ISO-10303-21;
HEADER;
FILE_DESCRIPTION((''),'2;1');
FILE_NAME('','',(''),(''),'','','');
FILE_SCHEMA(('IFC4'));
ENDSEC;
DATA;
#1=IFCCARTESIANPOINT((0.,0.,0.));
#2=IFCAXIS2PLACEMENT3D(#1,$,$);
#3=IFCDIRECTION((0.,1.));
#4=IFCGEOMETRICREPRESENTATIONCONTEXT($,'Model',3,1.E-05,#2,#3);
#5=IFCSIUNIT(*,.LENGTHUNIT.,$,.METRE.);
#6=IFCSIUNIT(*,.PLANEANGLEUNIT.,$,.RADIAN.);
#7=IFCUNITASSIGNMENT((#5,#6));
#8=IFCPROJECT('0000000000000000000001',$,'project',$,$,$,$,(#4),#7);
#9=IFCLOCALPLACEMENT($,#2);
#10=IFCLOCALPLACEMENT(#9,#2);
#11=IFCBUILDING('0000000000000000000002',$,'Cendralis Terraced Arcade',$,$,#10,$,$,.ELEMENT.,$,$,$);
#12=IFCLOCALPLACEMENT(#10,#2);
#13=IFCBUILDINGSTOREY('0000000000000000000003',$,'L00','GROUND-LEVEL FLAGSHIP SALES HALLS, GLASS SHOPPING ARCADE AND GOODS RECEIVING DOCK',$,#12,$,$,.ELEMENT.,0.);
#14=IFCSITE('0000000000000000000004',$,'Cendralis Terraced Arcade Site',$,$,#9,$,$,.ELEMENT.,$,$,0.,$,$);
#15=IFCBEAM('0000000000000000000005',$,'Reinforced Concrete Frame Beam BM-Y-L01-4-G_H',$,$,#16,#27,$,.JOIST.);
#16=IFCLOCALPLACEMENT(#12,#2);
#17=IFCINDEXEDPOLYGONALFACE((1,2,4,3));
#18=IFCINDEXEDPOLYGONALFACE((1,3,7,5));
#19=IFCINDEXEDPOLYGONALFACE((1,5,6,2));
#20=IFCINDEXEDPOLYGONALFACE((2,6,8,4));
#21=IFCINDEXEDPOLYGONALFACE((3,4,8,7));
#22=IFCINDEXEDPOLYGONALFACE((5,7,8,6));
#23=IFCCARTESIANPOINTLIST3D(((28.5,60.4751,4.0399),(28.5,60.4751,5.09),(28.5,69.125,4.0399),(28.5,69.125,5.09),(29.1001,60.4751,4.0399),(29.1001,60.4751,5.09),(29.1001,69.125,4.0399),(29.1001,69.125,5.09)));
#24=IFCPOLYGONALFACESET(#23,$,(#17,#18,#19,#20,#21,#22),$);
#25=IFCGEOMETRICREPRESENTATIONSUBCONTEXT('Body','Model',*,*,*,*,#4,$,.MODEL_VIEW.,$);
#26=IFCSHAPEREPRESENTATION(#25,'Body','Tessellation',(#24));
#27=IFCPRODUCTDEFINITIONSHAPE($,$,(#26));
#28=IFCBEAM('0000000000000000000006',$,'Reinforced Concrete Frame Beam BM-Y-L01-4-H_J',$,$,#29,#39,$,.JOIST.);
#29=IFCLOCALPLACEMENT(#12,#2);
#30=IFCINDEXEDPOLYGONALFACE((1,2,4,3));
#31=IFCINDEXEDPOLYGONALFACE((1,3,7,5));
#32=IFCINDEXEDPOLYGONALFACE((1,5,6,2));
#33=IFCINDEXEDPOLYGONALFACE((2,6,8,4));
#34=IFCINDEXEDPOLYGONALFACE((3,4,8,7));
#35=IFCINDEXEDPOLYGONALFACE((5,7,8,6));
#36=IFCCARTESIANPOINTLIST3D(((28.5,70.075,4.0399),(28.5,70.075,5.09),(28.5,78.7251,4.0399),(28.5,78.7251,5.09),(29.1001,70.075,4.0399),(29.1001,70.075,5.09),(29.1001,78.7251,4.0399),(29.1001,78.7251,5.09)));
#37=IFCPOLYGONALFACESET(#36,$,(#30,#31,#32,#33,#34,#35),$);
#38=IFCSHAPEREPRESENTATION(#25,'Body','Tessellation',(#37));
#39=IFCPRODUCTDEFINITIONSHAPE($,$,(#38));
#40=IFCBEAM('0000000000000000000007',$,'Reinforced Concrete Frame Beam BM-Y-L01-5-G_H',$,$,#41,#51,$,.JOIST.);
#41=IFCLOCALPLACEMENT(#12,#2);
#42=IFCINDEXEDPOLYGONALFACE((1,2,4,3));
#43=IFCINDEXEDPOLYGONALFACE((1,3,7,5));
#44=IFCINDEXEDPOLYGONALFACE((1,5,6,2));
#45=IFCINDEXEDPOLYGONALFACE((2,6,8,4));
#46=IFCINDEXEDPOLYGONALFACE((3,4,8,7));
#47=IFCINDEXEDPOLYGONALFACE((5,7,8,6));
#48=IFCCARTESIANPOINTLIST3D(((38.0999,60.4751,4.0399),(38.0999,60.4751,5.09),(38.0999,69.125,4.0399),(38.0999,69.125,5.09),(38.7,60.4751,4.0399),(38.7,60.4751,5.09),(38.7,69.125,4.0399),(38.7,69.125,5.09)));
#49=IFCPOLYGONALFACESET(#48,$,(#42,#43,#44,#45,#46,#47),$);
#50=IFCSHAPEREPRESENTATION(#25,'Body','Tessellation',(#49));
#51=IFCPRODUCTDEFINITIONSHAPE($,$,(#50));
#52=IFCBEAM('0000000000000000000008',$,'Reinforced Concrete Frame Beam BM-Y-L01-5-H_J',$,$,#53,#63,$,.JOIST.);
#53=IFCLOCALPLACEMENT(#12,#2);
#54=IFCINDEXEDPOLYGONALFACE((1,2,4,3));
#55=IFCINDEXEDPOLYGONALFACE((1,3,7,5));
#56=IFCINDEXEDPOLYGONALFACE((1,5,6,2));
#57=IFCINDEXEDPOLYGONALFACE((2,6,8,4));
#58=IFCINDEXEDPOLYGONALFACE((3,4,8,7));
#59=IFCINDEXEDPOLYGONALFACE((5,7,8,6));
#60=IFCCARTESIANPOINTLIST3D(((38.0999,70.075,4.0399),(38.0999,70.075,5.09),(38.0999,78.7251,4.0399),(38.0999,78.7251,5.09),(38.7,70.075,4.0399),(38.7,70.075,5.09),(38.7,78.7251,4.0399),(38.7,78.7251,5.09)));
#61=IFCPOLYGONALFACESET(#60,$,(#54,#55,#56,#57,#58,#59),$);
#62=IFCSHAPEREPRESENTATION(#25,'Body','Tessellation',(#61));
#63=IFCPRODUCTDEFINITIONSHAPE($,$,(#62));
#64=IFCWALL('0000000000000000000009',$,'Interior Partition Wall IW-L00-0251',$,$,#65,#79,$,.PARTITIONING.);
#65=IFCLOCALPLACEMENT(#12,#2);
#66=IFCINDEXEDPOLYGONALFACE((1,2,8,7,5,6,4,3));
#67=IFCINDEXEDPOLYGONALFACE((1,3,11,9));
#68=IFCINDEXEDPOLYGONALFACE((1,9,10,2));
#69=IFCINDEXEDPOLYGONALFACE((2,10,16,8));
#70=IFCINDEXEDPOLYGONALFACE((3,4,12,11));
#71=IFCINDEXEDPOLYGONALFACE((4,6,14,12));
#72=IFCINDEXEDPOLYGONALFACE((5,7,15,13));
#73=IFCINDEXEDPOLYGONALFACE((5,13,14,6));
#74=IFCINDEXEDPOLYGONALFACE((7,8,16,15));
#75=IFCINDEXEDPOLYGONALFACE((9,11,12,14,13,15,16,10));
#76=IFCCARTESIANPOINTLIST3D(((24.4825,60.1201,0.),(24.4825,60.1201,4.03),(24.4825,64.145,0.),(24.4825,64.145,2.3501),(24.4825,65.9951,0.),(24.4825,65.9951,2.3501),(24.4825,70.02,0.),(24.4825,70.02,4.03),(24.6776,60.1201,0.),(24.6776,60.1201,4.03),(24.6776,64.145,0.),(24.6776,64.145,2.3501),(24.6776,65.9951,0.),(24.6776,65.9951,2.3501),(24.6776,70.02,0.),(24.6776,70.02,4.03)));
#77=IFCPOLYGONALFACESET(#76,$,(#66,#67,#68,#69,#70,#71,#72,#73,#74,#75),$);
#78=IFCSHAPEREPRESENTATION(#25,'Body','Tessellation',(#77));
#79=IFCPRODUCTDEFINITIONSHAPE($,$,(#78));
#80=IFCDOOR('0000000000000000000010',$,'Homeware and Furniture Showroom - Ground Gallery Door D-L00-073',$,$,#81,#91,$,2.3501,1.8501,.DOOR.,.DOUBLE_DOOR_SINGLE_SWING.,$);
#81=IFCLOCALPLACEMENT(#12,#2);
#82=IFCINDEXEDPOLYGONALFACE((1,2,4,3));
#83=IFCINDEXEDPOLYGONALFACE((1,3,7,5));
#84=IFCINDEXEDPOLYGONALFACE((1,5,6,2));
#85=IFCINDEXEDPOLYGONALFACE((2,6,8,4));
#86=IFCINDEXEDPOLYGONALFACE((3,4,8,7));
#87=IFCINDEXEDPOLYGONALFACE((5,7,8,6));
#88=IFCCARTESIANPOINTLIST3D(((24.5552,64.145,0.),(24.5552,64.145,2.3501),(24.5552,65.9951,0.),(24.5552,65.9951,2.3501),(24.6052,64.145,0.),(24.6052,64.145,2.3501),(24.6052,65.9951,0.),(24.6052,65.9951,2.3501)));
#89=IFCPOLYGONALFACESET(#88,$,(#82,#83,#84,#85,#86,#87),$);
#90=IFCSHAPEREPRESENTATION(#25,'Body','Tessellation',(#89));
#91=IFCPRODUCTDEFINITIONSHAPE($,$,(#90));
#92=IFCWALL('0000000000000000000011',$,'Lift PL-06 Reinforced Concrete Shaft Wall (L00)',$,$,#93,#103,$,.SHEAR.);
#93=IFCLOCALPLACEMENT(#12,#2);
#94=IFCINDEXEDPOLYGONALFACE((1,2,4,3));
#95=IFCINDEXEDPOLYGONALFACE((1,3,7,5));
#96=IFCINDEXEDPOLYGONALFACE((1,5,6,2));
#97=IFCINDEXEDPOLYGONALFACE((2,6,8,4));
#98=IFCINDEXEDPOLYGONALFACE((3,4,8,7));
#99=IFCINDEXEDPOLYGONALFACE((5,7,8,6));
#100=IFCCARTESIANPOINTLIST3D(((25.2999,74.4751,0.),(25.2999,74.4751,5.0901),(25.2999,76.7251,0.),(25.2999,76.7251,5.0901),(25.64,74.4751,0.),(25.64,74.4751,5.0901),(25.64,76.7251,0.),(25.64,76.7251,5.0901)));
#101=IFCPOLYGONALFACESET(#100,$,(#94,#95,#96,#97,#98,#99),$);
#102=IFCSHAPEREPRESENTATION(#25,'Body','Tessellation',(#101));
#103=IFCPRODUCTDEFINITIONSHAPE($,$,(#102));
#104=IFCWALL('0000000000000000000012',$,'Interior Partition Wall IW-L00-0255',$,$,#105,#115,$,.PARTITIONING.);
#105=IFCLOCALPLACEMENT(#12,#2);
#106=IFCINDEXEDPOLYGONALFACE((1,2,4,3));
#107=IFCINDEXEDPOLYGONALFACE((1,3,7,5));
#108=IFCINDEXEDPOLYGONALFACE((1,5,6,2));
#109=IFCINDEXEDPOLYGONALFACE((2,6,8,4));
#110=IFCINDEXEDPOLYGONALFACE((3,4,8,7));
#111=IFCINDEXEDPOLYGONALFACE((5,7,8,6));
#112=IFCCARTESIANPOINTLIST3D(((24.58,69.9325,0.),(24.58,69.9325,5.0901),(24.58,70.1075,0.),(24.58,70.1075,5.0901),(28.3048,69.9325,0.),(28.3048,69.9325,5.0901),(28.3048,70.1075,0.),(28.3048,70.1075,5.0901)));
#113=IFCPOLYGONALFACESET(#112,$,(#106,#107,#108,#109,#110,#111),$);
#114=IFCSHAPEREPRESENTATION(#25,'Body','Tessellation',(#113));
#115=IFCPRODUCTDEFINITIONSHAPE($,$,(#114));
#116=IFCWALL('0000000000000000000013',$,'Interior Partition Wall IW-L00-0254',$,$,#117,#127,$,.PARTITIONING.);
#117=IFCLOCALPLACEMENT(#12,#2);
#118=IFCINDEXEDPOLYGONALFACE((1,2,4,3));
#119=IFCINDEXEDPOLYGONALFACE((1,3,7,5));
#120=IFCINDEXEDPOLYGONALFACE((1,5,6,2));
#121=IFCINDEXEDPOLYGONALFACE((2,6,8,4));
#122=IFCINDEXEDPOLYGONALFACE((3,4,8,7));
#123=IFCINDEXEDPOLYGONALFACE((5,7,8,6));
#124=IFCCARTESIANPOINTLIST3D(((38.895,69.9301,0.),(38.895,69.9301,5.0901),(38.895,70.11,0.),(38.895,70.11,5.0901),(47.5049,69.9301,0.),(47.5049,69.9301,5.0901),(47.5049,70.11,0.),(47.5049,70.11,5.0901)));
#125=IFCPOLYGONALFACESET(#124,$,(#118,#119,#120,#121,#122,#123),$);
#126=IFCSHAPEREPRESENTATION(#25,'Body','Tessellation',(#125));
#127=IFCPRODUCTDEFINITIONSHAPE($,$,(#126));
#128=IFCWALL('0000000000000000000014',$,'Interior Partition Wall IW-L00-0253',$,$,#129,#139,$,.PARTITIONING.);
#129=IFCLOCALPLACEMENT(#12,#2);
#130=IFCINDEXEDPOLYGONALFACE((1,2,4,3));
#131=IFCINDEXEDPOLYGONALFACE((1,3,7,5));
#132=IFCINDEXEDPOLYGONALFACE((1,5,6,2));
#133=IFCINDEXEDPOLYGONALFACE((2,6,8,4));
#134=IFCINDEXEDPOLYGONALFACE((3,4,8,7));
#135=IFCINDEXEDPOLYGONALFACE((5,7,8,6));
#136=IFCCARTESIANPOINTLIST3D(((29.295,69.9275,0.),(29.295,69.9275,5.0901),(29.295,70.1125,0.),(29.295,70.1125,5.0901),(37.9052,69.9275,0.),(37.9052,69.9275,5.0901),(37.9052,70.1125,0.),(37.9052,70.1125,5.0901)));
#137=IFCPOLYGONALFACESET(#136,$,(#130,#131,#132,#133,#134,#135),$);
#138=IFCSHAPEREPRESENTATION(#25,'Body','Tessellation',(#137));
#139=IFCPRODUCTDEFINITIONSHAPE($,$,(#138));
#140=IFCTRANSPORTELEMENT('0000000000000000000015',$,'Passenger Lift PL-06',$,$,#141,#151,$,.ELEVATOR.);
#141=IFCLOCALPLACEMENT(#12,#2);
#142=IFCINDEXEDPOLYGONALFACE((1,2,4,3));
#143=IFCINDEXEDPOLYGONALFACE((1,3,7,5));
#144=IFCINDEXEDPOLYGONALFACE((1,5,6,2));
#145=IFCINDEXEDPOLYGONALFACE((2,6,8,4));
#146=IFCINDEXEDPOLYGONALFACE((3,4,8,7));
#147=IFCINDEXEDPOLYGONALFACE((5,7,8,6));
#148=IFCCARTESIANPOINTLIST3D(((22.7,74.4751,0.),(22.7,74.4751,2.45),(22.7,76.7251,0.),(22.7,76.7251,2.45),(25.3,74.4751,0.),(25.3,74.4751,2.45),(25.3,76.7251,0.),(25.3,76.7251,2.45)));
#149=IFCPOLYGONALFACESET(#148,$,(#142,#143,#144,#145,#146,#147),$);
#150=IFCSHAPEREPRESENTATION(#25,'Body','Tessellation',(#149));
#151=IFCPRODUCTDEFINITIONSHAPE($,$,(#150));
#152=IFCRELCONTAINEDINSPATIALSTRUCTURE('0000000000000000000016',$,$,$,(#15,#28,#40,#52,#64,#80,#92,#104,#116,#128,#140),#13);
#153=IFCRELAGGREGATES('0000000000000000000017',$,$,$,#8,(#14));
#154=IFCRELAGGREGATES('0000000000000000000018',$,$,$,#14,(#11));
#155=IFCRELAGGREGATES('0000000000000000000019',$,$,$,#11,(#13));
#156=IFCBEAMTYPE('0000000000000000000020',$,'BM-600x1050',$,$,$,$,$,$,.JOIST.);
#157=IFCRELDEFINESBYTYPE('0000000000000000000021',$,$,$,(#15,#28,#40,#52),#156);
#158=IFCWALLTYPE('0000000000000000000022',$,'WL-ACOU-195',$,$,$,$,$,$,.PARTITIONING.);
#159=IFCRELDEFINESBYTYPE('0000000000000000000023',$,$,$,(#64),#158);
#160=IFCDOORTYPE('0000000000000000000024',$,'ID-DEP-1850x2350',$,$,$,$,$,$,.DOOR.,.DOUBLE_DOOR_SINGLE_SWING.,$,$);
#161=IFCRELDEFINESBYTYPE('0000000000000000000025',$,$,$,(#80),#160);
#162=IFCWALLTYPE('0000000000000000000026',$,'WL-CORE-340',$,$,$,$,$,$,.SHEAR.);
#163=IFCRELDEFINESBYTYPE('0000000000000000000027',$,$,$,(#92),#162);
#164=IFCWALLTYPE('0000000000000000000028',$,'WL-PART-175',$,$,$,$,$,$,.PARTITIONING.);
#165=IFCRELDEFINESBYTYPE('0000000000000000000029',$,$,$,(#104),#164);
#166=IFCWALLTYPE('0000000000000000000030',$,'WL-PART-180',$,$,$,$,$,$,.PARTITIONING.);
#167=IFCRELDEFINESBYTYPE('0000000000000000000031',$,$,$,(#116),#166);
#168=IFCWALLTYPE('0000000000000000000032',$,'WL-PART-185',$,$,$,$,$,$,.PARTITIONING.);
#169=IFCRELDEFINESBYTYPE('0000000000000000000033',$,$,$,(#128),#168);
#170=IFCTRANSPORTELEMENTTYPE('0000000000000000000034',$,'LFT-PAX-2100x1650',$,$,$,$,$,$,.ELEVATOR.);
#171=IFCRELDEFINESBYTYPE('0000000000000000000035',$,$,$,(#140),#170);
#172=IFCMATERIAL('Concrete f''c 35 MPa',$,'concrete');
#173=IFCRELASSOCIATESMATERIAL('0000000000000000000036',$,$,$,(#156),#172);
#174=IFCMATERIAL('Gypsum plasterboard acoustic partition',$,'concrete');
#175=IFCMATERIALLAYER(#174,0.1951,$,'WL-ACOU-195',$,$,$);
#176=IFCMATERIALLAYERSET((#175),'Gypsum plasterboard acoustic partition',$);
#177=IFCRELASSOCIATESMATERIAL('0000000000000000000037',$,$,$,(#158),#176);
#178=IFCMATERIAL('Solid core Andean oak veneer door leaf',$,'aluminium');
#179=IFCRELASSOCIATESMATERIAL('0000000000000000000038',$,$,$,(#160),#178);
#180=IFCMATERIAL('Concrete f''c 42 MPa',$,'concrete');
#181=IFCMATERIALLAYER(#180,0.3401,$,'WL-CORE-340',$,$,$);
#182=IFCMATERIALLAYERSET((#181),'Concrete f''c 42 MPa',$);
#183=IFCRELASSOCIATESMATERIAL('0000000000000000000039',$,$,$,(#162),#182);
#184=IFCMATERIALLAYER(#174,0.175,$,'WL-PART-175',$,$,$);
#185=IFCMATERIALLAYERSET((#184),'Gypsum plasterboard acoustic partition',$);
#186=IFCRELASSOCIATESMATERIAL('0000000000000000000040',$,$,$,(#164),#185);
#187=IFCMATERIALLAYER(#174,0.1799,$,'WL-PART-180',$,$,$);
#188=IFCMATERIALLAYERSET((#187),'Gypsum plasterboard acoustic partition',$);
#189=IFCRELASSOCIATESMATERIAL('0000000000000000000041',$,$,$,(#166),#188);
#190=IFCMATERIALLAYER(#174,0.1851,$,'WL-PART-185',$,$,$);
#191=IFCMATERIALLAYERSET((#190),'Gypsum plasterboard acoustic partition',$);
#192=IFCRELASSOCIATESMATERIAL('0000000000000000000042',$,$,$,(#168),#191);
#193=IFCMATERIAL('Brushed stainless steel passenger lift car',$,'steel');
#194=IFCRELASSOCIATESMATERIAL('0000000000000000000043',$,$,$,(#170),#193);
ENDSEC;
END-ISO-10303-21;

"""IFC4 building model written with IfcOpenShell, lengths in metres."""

from ifc_helpers import new_model, si_unit, direction, frame, frame_2d, origin, origin_2d, place, context, subcontext, project, spatial, rectangle, extrude, material, layer, layer_set, material_profile, profile_set, type_object, element, fill, save


model = new_model("IFC4")

# Units and contexts
model_context = context("Model", 3, precision=1e-05, world=origin(), true_north=direction((0.0, 1.0)))
body_context = subcontext(model_context, "Body", "Model", "MODEL_VIEW")
ifc_project = project(units=[si_unit("LENGTHUNIT", "METRE"), si_unit("PLANEANGLEUNIT", "RADIAN")], contexts=[model_context])

# Site, building, storey
site_placement = place(None, origin())
site = spatial("IfcSite", under=ifc_project, at=site_placement, Name="Cendralis Terraced Arcade Site", CompositionType="ELEMENT", RefElevation=0.0)
building_placement = place(site_placement, origin())
building = spatial("IfcBuilding", under=site, at=building_placement, Name="Cendralis Terraced Arcade", CompositionType="ELEMENT")
storey_placement = place(building_placement, origin())
storey = spatial("IfcBuildingStorey", under=building, at=storey_placement, Name="L00", Description="GROUND-LEVEL FLAGSHIP SALES HALLS, GLASS SHOPPING ARCADE AND GOODS RECEIVING DOCK", CompositionType="ELEMENT", Elevation=0.0)

# Shared definitions
ifc_material_1 = material(Name="Concrete f'c 35 MPa", Category="concrete")

# Shared definitions
ifc_material_2 = material(Name="Concrete f'c 42 MPa", Category="concrete")

# Beams
ifc_material_profile_1 = material_profile(ifc_material_1, rectangle(XDim=0.6001, YDim=1.05, at=origin_2d()), Name="RC-BM-600x1050", Category="LoadBearing")
ifc_profile_set_1 = profile_set([ifc_material_profile_1], Name="Concrete f'c 35 MPa")
beam_type = type_object("IfcBeamType", Name="BM-600x1050", PredefinedType="JOIST", material=ifc_profile_set_1)
for number, where, z_axis, x_axis, name in (
    (1, (28.8, 60.4751, 4.5649), (0.0, 1.0, 0.0), (-1.0, 0.0, 0.0), "Reinforced Concrete Frame Beam BM-Y-L01-4-G_H"),
):
    element("IfcBeam", number, at=place(storey_placement, frame(where, z_axis=z_axis, x_axis=x_axis)), inside=storey, type_object=beam_type, Name=name, PredefinedType="JOIST", context=body_context, shape_type="SweptSolid", body=[
        extrude(rectangle(XDim=0.6001, YDim=1.05, at=origin_2d()), origin(), (0.0, 0.0, 1.0), 8.6499),
    ])
beam_1_placement = place(storey_placement, frame((28.8, 70.075, 4.5649), z_axis=(0.0, 1.0, 0.0), x_axis=(-1.0, 0.0, 0.0)))
element("IfcBeam", 2, at=beam_1_placement, inside=storey, type_object=beam_type, Name="Reinforced Concrete Frame Beam BM-Y-L01-4-H_J", PredefinedType="JOIST", context=body_context, shape_type="SweptSolid", body=[
    extrude(rectangle(XDim=0.6001, YDim=1.05, at=origin_2d()), origin(), (0.0, 0.0, 1.0), 8.6501),
])
beam_2_placement = place(storey_placement, frame((38.3999, 60.4751, 4.5649), z_axis=(0.0, 1.0, 0.0), x_axis=(-1.0, 0.0, 0.0)))
element("IfcBeam", 3, at=beam_2_placement, inside=storey, type_object=beam_type, Name="Reinforced Concrete Frame Beam BM-Y-L01-5-G_H", PredefinedType="JOIST", context=body_context, shape_type="SweptSolid", body=[
    extrude(rectangle(XDim=0.6001, YDim=1.05, at=origin_2d()), origin(), (0.0, 0.0, 1.0), 8.6499),
])
beam_3_placement = place(storey_placement, frame((38.3999, 70.075, 4.5649), z_axis=(0.0, 1.0, 0.0), x_axis=(-1.0, 0.0, 0.0)))
element("IfcBeam", 4, at=beam_3_placement, inside=storey, type_object=beam_type, Name="Reinforced Concrete Frame Beam BM-Y-L01-5-H_J", PredefinedType="JOIST", context=body_context, shape_type="SweptSolid", body=[
    extrude(rectangle(XDim=0.6001, YDim=1.05, at=origin_2d()), origin(), (0.0, 0.0, 1.0), 8.6501),
])

# Wall, opening, door
ifc_material_3 = material(Name="Gypsum plasterboard acoustic partition", Category="concrete")
ifc_layer_1 = layer(ifc_material_3, 0.1951, Name="WL-ACOU-195")
ifc_layer_set_1 = layer_set([ifc_layer_1], Name="Gypsum plasterboard acoustic partition")
wall_type_1 = type_object("IfcWallType", Name="WL-ACOU-195", PredefinedType="PARTITIONING", material=ifc_layer_set_1)
wall_1_placement = place(storey_placement, frame((24.5801, 60.1201, 0.0), z_axis=(0.0, 0.0, 1.0), x_axis=(0.0, 1.0, 0.0)))
wall_1 = element("IfcWall", 5, at=wall_1_placement, inside=storey, type_object=wall_type_1, Name="Interior Partition Wall IW-L00-0251", PredefinedType="PARTITIONING", context=body_context, shape_type="SweptSolid", body=[
    extrude(rectangle(XDim=9.8999, YDim=0.1951, at=frame_2d((4.95, 0.0))), origin(), (0.0, 0.0, 1.0), 4.03),
])
opening_placement = place(wall_1_placement, frame((4.0249, 0.0, 0.0)))
opening = element("IfcOpeningElement", 6, at=opening_placement, cuts=wall_1, PredefinedType="OPENING", context=body_context, shape_type="SweptSolid", body=[
    extrude(rectangle(XDim=1.8501, YDim=2.3501, at=frame_2d((0.925, 1.175))), frame((0.0, 0.1094, 0.0), z_axis=(0.0, -1.0, 0.0), x_axis=(1.0, 0.0, 0.0)), (0.0, 0.0, 1.0), 0.219),
])
ifc_material_4 = material(Name="Solid core Andean oak veneer door leaf", Category="aluminium")
door_type = type_object("IfcDoorType", Name="ID-DEP-1850x2350", OperationType="DOUBLE_DOOR_SINGLE_SWING", PredefinedType="DOOR", material=ifc_material_4)
door_placement = place(opening_placement, origin())
door = element("IfcDoor", 7, at=door_placement, inside=storey, type_object=door_type, Name="Homeware and Furniture Showroom - Ground Gallery Door D-L00-073", OperationType="DOUBLE_DOOR_SINGLE_SWING", OverallHeight=2.3501, OverallWidth=1.8501, PredefinedType="DOOR", context=body_context, shape_type="SweptSolid", body=[
    extrude(rectangle(XDim=1.8501, YDim=2.3501, at=frame_2d((0.925, 1.175))), frame((0.0, 0.0249, 0.0), z_axis=(0.0, -1.0, 0.0), x_axis=(1.0, 0.0, 0.0)), (0.0, 0.0, 1.0), 0.05),
])
fill(opening, door)

# Walls
ifc_layer_2 = layer(ifc_material_2, 0.3401, Name="WL-CORE-340")
ifc_layer_set_2 = layer_set([ifc_layer_2], Name="Concrete f'c 42 MPa")
wall_type_2 = type_object("IfcWallType", Name="WL-CORE-340", PredefinedType="SHEAR", material=ifc_layer_set_2)
wall_2_placement = place(storey_placement, frame((25.47, 74.4751, 0.0), z_axis=(0.0, 0.0, 1.0), x_axis=(0.0, 1.0, 0.0)))
element("IfcWall", 8, at=wall_2_placement, inside=storey, type_object=wall_type_2, Name="Lift PL-06 Reinforced Concrete Shaft Wall (L00)", PredefinedType="SHEAR", context=body_context, shape_type="SweptSolid", body=[
    extrude(rectangle(XDim=2.25, YDim=0.3401, at=frame_2d((1.125, 0.0))), origin(), (0.0, 0.0, 1.0), 5.0901),
])
ifc_layer_3 = layer(ifc_material_3, 0.175, Name="WL-PART-175")
ifc_layer_set_3 = layer_set([ifc_layer_3], Name="Gypsum plasterboard acoustic partition")
wall_type_3 = type_object("IfcWallType", Name="WL-PART-175", PredefinedType="PARTITIONING", material=ifc_layer_set_3)
wall_3_placement = place(storey_placement, frame((24.5801, 70.02, 0.0), z_axis=(0.0, 0.0, 1.0), x_axis=(1.0, 0.0, 0.0)))
element("IfcWall", 9, at=wall_3_placement, inside=storey, type_object=wall_type_3, Name="Interior Partition Wall IW-L00-0255", PredefinedType="PARTITIONING", context=body_context, shape_type="SweptSolid", body=[
    extrude(rectangle(XDim=3.7249, YDim=0.175, at=frame_2d((1.8623, 0.0))), origin(), (0.0, 0.0, 1.0), 5.0901),
])
ifc_layer_4 = layer(ifc_material_3, 0.1799, Name="WL-PART-180")
ifc_layer_set_4 = layer_set([ifc_layer_4], Name="Gypsum plasterboard acoustic partition")
wall_type_4 = type_object("IfcWallType", Name="WL-PART-180", PredefinedType="PARTITIONING", material=ifc_layer_set_4)
wall_4_placement = place(storey_placement, frame((38.895, 70.02, 0.0), z_axis=(0.0, 0.0, 1.0), x_axis=(1.0, 0.0, 0.0)))
element("IfcWall", 10, at=wall_4_placement, inside=storey, type_object=wall_type_4, Name="Interior Partition Wall IW-L00-0254", PredefinedType="PARTITIONING", context=body_context, shape_type="SweptSolid", body=[
    extrude(rectangle(XDim=8.6099, YDim=0.1799, at=frame_2d((4.3049, 0.0))), origin(), (0.0, 0.0, 1.0), 5.0901),
])
ifc_layer_5 = layer(ifc_material_3, 0.1851, Name="WL-PART-185")
ifc_layer_set_5 = layer_set([ifc_layer_5], Name="Gypsum plasterboard acoustic partition")
wall_type_5 = type_object("IfcWallType", Name="WL-PART-185", PredefinedType="PARTITIONING", material=ifc_layer_set_5)
wall_5_placement = place(storey_placement, frame((29.2949, 70.02, 0.0), z_axis=(0.0, 0.0, 1.0), x_axis=(1.0, 0.0, 0.0)))
element("IfcWall", 11, at=wall_5_placement, inside=storey, type_object=wall_type_5, Name="Interior Partition Wall IW-L00-0253", PredefinedType="PARTITIONING", context=body_context, shape_type="SweptSolid", body=[
    extrude(rectangle(XDim=8.6101, YDim=0.1851, at=frame_2d((4.3052, 0.0))), origin(), (0.0, 0.0, 1.0), 5.0901),
])

# Transport element
ifc_material_5 = material(Name="Brushed stainless steel passenger lift car", Category="steel")
transport_element_type = type_object("IfcTransportElementType", Name="LFT-PAX-2100x1650", PredefinedType="ELEVATOR", material=ifc_material_5)
transport_element_placement = place(storey_placement, frame((24.0, 75.6001, 0.0), z_axis=(0.0, 0.0, 1.0), x_axis=(1.0, 0.0, 0.0)))
element("IfcTransportElement", 12, at=transport_element_placement, inside=storey, type_object=transport_element_type, Name="Passenger Lift PL-06", PredefinedType="ELEVATOR", context=body_context, shape_type="SweptSolid", body=[
    extrude(rectangle(XDim=2.6001, YDim=2.25, at=origin_2d()), origin(), (0.0, 0.0, 1.0), 2.45),
])

save(model, "model.ifc")
